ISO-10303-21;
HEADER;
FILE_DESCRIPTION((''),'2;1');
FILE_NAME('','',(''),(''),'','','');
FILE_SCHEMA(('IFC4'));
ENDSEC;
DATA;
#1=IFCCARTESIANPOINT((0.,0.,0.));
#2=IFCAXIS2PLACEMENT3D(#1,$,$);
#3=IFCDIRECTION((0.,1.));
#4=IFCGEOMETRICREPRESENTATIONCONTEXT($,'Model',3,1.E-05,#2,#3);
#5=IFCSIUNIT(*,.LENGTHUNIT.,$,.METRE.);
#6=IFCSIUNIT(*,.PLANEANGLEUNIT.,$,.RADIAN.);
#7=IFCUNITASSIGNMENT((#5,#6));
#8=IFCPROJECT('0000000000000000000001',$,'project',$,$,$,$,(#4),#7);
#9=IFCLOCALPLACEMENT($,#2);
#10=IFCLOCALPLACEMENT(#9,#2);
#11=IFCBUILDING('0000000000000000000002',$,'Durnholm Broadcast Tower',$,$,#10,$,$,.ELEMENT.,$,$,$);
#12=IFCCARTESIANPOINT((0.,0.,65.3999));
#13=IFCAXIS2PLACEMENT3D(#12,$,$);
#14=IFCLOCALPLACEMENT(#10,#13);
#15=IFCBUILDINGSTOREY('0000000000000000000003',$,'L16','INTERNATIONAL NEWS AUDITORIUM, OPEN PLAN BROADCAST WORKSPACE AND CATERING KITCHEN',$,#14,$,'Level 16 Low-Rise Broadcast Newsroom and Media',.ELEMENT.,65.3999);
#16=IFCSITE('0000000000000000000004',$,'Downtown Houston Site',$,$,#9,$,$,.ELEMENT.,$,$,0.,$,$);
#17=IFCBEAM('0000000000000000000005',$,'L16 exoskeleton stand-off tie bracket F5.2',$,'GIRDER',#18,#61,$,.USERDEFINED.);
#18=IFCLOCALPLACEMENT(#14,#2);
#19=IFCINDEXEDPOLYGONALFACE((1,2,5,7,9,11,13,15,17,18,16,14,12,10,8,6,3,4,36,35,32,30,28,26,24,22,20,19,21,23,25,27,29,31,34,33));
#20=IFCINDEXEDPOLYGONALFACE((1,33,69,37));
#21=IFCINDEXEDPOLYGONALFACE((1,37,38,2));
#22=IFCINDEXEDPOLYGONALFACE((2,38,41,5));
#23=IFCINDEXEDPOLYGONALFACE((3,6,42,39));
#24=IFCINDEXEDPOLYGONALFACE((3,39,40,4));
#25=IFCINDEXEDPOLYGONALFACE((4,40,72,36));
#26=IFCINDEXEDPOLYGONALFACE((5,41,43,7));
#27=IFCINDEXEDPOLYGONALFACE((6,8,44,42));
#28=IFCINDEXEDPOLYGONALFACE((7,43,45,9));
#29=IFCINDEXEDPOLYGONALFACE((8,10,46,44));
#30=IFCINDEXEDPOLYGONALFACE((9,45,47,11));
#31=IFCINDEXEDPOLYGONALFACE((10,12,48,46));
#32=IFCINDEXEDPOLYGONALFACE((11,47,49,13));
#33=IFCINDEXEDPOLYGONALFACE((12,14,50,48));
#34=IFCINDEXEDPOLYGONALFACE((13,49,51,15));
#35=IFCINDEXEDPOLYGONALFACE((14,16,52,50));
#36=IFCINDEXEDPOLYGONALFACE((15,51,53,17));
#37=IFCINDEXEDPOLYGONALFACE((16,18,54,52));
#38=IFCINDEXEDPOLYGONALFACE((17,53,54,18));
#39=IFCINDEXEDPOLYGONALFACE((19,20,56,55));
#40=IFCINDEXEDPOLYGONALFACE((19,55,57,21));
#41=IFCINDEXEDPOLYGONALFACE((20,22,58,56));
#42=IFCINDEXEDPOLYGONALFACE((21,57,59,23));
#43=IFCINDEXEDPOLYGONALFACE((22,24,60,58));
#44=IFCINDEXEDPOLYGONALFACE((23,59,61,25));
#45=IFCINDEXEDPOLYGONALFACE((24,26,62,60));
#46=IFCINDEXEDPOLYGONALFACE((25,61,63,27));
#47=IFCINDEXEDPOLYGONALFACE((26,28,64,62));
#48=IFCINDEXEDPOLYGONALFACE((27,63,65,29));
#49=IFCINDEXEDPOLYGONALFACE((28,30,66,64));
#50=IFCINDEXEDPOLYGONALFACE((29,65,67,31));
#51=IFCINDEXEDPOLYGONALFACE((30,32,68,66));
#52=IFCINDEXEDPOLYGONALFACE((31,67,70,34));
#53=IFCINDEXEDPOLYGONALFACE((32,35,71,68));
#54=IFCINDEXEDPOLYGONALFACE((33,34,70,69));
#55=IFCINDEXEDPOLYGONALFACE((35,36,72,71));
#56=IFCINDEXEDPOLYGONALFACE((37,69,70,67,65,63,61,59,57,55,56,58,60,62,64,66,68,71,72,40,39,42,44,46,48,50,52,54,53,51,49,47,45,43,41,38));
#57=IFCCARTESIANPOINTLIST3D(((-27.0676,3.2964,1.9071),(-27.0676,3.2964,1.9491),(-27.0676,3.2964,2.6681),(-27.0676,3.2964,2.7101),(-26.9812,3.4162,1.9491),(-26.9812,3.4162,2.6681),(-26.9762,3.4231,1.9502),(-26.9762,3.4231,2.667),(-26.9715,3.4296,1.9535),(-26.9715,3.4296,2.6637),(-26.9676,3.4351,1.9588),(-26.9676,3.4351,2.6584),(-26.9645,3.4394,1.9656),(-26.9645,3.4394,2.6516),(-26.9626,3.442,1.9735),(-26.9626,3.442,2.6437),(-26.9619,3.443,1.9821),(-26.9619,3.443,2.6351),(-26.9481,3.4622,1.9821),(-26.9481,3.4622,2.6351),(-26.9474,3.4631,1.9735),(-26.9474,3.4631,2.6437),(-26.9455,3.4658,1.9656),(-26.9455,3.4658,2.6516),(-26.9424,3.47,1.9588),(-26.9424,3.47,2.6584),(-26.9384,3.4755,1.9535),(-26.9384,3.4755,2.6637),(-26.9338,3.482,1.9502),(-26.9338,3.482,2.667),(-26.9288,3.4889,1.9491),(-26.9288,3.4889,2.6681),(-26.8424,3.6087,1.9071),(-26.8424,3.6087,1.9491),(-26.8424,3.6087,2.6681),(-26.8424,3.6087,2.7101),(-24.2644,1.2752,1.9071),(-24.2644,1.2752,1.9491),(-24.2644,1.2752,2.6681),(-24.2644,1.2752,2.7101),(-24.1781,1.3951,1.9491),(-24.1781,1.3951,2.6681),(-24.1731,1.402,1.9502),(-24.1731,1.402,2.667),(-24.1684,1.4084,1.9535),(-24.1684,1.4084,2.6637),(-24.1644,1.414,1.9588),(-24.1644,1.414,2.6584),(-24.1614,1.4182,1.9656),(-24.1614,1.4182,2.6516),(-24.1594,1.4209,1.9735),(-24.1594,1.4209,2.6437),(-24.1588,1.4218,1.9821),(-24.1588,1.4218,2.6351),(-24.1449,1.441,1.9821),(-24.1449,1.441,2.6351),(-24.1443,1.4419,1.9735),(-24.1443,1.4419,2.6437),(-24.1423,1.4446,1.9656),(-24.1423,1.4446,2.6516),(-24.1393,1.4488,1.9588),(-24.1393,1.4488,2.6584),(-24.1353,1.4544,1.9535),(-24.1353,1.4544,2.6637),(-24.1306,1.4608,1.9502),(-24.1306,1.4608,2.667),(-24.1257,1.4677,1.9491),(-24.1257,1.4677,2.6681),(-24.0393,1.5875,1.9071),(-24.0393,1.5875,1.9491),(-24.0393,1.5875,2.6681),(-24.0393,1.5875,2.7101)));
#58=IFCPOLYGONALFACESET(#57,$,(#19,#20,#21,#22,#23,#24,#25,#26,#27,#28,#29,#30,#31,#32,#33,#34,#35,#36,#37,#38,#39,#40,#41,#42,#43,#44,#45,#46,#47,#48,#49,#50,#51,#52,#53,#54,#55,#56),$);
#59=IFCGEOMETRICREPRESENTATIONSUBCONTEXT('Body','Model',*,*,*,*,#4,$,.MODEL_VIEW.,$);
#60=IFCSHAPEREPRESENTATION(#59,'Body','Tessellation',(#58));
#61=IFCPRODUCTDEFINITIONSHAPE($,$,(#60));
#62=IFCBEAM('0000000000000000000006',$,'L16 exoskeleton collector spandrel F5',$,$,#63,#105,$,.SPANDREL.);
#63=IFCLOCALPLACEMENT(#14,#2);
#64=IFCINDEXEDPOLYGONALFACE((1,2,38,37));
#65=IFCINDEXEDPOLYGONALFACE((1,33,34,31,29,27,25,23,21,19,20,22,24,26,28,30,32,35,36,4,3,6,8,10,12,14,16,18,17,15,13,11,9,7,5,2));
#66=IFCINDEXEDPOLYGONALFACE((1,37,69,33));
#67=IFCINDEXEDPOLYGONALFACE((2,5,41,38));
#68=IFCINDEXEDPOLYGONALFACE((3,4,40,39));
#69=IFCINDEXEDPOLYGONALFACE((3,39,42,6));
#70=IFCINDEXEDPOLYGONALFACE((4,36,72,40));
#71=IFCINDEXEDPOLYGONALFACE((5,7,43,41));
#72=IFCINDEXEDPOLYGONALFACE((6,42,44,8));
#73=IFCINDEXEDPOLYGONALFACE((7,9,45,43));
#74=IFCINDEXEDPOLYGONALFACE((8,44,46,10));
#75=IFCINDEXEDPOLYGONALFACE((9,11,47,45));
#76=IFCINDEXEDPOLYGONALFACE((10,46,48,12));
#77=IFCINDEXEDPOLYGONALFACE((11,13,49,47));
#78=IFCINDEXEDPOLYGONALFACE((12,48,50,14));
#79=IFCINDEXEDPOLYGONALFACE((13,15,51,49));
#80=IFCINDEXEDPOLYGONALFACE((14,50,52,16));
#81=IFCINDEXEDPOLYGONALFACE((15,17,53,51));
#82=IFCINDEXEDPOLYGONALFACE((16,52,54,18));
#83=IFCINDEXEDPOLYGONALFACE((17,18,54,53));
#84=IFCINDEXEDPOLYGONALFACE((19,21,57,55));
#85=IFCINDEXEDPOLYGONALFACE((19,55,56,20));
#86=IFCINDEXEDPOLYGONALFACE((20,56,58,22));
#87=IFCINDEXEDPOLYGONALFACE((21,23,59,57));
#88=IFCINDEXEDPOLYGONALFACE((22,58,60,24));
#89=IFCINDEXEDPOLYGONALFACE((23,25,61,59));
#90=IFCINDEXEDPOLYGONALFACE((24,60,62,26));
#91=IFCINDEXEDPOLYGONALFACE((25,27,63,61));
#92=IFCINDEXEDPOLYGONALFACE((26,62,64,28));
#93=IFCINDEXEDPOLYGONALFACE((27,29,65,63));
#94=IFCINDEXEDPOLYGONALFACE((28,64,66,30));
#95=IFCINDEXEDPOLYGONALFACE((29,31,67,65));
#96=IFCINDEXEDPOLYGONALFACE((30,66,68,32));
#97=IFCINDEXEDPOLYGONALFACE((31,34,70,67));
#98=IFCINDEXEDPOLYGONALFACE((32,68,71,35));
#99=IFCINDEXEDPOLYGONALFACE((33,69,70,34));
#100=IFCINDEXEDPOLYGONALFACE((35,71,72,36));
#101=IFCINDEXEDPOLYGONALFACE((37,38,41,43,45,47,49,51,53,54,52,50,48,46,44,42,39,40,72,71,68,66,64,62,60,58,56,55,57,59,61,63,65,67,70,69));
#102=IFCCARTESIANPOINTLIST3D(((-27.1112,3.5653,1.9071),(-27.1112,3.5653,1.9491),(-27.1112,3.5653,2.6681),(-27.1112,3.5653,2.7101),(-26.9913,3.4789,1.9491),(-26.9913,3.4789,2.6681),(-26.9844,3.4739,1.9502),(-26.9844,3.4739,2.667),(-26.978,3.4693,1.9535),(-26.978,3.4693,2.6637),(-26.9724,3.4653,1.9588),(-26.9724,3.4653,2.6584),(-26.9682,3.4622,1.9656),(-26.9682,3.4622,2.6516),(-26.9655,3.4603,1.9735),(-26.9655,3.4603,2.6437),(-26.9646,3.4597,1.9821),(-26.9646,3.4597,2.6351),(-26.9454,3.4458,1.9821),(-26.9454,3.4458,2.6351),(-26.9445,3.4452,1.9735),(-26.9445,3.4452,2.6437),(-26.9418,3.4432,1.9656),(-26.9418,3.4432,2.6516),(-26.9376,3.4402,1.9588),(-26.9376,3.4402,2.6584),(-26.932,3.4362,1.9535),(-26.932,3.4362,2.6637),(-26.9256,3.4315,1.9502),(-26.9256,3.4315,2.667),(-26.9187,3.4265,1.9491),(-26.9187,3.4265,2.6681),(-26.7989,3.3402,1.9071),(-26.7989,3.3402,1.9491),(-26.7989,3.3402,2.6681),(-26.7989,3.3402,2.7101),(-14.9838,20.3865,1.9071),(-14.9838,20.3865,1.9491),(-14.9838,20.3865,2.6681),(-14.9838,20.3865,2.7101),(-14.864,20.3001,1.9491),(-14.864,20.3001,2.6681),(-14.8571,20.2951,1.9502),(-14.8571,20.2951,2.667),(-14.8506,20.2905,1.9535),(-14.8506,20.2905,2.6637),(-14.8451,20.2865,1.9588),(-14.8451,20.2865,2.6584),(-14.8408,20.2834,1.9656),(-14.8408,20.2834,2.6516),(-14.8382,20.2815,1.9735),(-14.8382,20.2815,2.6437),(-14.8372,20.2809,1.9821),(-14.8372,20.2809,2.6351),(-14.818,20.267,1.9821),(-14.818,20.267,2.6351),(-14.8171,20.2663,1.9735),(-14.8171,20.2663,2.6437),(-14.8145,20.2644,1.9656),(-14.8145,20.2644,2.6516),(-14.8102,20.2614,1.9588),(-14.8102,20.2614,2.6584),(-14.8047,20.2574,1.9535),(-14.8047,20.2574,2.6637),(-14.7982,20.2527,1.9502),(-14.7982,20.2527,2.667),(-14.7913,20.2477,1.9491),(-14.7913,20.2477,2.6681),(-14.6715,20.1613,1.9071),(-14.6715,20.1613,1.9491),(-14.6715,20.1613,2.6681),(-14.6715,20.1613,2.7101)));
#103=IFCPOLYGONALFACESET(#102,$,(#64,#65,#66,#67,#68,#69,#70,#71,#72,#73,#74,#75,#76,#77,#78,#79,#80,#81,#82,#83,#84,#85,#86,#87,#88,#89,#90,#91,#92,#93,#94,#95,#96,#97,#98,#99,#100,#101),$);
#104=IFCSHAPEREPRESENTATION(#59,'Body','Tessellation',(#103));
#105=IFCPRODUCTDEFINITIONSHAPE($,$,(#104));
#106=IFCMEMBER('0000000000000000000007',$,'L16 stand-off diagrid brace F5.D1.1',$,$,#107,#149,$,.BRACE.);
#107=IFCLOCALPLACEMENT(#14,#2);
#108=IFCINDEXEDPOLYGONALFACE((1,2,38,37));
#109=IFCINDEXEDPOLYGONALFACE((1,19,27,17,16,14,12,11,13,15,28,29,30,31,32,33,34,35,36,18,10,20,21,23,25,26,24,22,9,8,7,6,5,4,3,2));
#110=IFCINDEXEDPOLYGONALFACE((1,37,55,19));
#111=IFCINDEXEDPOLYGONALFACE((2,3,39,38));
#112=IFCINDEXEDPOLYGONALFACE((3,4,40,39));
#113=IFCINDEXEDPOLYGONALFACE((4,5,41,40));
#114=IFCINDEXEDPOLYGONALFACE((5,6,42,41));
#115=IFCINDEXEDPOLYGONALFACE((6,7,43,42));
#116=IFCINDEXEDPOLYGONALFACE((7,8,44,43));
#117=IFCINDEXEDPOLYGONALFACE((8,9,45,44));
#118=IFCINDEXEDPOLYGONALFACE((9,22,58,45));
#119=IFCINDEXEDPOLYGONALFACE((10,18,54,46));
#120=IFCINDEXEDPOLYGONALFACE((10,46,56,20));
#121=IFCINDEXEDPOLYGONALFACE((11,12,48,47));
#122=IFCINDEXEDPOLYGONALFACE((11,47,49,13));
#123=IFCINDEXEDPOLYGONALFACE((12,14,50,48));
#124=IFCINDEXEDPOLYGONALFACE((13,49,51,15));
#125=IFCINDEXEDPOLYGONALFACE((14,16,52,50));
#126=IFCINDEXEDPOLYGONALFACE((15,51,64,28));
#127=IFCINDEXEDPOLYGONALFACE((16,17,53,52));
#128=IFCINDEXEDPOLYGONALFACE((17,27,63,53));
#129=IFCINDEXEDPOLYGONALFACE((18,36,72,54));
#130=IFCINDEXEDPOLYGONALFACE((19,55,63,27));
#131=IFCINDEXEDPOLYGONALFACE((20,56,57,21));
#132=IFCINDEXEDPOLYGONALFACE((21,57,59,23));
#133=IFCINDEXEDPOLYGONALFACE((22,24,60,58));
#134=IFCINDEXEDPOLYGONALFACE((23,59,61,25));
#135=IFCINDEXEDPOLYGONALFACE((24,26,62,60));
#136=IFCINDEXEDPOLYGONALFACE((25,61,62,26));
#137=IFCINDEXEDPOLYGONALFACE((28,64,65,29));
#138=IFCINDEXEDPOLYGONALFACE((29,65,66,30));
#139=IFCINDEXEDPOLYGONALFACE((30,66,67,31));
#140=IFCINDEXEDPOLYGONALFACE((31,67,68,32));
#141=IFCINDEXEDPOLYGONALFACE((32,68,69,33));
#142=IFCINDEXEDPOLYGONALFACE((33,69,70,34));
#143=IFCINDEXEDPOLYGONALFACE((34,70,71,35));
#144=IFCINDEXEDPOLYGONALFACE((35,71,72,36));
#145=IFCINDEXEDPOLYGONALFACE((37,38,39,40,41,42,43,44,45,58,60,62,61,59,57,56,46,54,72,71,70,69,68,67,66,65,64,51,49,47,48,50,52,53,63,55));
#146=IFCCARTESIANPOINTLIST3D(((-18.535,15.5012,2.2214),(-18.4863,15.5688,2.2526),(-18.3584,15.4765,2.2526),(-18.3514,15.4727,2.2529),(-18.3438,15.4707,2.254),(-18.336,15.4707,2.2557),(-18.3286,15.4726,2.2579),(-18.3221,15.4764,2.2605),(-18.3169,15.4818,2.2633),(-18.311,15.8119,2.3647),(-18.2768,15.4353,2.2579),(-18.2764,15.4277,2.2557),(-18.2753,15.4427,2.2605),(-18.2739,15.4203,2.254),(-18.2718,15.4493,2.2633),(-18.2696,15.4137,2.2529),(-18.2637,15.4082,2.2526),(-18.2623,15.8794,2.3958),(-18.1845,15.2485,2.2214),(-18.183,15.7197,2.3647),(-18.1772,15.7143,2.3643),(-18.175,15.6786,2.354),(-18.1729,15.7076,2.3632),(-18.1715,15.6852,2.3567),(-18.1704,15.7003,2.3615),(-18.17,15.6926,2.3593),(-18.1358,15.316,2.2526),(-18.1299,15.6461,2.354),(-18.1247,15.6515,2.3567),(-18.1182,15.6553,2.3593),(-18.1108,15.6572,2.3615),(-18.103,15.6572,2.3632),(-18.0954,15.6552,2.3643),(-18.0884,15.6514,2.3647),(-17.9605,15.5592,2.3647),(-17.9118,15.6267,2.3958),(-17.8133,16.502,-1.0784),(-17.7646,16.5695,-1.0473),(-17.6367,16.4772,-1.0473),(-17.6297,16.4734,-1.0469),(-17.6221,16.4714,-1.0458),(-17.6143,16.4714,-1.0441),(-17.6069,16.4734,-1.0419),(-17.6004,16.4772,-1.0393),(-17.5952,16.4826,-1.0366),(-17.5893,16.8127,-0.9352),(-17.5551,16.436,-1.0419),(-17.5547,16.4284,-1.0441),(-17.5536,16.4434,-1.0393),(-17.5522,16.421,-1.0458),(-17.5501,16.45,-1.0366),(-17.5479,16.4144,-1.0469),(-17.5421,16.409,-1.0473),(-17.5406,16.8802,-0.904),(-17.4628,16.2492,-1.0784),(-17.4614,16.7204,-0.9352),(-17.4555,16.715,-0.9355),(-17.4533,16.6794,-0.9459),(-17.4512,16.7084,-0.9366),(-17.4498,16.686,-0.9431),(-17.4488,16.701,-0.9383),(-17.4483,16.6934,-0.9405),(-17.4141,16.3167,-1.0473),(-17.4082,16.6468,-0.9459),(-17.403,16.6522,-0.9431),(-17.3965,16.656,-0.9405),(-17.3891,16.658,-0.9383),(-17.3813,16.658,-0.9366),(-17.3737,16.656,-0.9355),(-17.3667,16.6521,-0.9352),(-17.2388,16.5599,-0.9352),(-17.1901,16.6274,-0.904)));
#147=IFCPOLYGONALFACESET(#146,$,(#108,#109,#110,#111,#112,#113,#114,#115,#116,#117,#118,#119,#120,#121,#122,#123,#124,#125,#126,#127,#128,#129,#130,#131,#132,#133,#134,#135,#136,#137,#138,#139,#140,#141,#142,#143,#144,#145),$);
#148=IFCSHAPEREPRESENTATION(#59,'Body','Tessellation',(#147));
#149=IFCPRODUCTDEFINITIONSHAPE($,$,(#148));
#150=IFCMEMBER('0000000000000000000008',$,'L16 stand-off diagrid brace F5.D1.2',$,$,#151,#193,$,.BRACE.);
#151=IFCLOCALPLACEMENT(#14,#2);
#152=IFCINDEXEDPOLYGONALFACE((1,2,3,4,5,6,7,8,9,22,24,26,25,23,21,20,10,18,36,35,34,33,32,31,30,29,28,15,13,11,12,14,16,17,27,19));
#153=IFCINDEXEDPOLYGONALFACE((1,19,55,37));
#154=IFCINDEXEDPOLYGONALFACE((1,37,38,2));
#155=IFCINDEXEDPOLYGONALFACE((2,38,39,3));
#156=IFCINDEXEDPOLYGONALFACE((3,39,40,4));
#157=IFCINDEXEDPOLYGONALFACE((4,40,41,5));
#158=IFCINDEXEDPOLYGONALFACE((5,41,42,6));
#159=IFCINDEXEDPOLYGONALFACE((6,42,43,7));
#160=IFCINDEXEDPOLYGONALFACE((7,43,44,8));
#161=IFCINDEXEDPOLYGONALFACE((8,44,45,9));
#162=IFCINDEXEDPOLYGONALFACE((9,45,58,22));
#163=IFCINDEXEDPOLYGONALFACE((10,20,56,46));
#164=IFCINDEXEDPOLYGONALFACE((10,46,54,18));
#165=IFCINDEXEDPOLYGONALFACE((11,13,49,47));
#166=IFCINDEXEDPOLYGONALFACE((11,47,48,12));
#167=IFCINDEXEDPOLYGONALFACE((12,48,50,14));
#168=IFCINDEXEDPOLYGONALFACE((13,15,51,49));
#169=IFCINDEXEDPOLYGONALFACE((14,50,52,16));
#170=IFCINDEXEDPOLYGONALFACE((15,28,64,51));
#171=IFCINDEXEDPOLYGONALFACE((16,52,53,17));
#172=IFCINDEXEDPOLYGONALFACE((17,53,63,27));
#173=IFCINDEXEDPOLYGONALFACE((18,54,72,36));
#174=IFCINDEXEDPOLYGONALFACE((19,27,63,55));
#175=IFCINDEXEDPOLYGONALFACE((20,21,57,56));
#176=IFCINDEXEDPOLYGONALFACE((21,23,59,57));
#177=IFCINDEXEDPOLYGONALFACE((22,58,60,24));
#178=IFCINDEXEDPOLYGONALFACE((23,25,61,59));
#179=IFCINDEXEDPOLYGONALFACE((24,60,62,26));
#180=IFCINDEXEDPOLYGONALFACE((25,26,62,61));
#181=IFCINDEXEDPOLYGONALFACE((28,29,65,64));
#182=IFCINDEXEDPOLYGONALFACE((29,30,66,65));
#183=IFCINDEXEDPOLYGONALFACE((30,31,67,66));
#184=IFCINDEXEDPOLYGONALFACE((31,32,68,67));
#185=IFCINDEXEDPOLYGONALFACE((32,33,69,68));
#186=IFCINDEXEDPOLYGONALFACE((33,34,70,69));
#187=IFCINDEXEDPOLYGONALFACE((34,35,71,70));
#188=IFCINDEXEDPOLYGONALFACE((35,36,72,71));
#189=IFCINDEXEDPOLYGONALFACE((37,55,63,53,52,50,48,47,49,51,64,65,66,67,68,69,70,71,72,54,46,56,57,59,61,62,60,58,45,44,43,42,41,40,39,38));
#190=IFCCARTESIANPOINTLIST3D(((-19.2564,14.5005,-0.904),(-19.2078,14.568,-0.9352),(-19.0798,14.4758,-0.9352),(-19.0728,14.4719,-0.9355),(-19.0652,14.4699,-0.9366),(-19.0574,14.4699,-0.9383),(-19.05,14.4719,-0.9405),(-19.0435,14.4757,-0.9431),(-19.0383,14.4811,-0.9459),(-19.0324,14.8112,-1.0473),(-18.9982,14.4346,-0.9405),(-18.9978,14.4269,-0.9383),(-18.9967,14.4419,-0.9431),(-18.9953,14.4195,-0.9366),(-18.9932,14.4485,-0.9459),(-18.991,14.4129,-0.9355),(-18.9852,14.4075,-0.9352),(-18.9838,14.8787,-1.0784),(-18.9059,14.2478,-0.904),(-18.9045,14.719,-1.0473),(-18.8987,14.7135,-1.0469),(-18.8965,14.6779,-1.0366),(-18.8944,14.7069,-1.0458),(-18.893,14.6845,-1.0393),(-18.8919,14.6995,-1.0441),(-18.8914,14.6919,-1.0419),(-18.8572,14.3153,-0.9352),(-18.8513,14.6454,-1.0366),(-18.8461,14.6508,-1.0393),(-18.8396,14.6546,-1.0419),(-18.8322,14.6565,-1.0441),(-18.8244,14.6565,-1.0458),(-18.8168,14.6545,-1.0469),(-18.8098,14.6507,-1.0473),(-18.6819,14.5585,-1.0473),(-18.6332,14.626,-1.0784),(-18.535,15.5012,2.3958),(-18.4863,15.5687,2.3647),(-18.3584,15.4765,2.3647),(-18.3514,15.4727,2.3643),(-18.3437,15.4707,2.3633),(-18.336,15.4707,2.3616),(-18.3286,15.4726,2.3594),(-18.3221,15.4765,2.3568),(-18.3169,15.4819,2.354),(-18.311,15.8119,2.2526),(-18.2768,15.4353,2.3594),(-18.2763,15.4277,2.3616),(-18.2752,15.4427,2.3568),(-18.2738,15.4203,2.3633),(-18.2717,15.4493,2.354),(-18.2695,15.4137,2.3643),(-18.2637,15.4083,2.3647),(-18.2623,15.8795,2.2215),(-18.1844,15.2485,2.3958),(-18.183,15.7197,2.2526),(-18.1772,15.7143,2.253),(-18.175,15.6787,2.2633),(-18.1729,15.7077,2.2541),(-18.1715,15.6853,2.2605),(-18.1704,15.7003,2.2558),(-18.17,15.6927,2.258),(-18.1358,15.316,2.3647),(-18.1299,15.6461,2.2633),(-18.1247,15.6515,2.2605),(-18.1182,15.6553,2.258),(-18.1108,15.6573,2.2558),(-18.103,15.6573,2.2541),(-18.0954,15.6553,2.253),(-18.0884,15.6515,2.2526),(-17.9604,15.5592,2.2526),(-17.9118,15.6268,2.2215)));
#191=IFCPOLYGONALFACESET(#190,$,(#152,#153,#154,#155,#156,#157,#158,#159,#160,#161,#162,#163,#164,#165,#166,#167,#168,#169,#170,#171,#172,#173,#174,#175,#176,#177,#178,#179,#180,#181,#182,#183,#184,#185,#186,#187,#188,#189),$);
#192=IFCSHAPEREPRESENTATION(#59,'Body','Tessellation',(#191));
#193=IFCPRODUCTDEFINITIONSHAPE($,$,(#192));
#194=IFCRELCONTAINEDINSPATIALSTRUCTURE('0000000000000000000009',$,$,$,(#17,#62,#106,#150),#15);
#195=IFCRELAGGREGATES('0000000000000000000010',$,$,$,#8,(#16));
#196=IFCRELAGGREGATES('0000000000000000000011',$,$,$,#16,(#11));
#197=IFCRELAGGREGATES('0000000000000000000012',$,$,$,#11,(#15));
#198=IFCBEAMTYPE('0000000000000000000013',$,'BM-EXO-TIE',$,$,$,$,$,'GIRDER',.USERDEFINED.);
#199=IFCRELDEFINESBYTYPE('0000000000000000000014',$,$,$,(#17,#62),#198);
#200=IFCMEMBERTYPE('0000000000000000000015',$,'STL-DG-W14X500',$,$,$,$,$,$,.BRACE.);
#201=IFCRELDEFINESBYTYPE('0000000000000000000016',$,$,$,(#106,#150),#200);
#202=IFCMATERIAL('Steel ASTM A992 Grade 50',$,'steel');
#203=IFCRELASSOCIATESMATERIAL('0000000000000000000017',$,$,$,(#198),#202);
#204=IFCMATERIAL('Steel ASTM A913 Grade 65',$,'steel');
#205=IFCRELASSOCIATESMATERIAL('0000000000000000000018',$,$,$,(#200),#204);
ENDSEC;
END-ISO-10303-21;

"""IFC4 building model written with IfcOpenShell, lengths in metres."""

from ifc_helpers import new_model, si_unit, direction, frame, origin, origin_2d, place, context, subcontext, project, spatial, i_section, extrude, source, transform, mapped, material, material_profile, profile_set, type_object, type_shapes, element, save


model = new_model("IFC4")

# Units and contexts
model_context = context("Model", 3, precision=1e-05, world=origin(), true_north=direction((0.0, 1.0)))
body_context = subcontext(model_context, "Body", "Model", "MODEL_VIEW")
ifc_project = project(units=[si_unit("LENGTHUNIT", "METRE"), si_unit("PLANEANGLEUNIT", "RADIAN")], contexts=[model_context])

# Site, building, storey
site_placement = place(None, origin())
site = spatial("IfcSite", under=ifc_project, at=site_placement, Name="Downtown Houston Site", CompositionType="ELEMENT", RefElevation=0.0)
building_placement = place(site_placement, origin())
building = spatial("IfcBuilding", under=site, at=building_placement, Name="Durnholm Broadcast Tower", CompositionType="ELEMENT")
storey_placement = place(building_placement, frame((0.0, 0.0, 65.3999)))
storey = spatial("IfcBuildingStorey", under=building, at=storey_placement, Name="L16", Description="INTERNATIONAL NEWS AUDITORIUM, OPEN PLAN BROADCAST WORKSPACE AND CATERING KITCHEN", LongName="Level 16 Low-Rise Broadcast Newsroom and Media", CompositionType="ELEMENT", Elevation=65.3999)

# Beams
ifc_material_1 = material(Name="Steel ASTM A992 Grade 50", Category="steel")
ifc_material_profile_1 = material_profile(ifc_material_1, i_section(OverallWidth=0.385, OverallDepth=0.803, WebThickness=0.0237, FlangeThickness=0.042, FilletRadius=0.033, at=origin_2d()), Name="W30X261")
ifc_profile_set_1 = profile_set([ifc_material_profile_1], Name="Steel ASTM A992 Grade 50")
beam_type_1 = type_object("IfcBeamType", Name="BM-EXO-TIE", ElementType="GIRDER", PredefinedType="USERDEFINED", material=ifc_profile_set_1)
shared_shape_1 = source(origin(), body_context, "Body", "SweptSolid", [
    extrude(i_section(OverallWidth=0.385, OverallDepth=0.803, WebThickness=0.0237, FlangeThickness=0.042, FilletRadius=0.033, at=origin_2d()), origin(), (0.0, 0.0, 1.0), 3.4558),
])
beam_1_placement = place(storey_placement, frame((-24.1519, 1.4314, 2.3086), z_axis=(-0.811134, 0.584861, 0.0), x_axis=(-0.584861, -0.811134, 0.0)))
element("IfcBeam", 1, at=beam_1_placement, inside=storey, type_object=beam_type_1, Name="L16 exoskeleton stand-off tie bracket F5.2", ObjectType="GIRDER", PredefinedType="USERDEFINED", context=body_context, shape_type="MappedRepresentation", body=[
    mapped(shared_shape_1, transform((0.0, 0.0, 0.0), x_axis=(1.0, 0.0, 0.0), y_axis=(0.0, 1.0, 0.0), z_axis=(0.0, 0.0, 1.0), scale=1.0)),
])
shared_shape_2 = source(origin(), body_context, "Body", "SweptSolid", [
    extrude(i_section(OverallWidth=0.385, OverallDepth=0.803, WebThickness=0.0237, FlangeThickness=0.042, FilletRadius=0.033, at=origin_2d()), origin(), (0.0, 0.0, 1.0), 20.7371),
])
beam_2_placement = place(storey_placement, frame((-14.8276, 20.2739, 2.3086), z_axis=(-0.584816, -0.811166, 0.0), x_axis=(0.811166, -0.584816, 0.0)))
element("IfcBeam", 2, at=beam_2_placement, inside=storey, type_object=beam_type_1, Name="L16 exoskeleton collector spandrel F5", PredefinedType="SPANDREL", context=body_context, shape_type="MappedRepresentation", body=[
    mapped(shared_shape_2, transform((0.0, 0.0, 0.0), x_axis=(1.0, 0.0, 0.0), y_axis=(0.0, 1.0, 0.0), z_axis=(0.0, 0.0, 1.0), scale=1.0)),
])

# Members
ifc_material_2 = material(Name="Steel ASTM A913 Grade 65", Category="steel")
ifc_material_profile_2 = material_profile(ifc_material_2, i_section(OverallWidth=0.4321, OverallDepth=0.4978, WebThickness=0.0557, FlangeThickness=0.0889, FilletRadius=0.0305, at=origin_2d()), Name="W14X500")
ifc_profile_set_2 = profile_set([ifc_material_profile_2], Name="Steel ASTM A913 Grade 65")
member_type_1 = type_object("IfcMemberType", Name="STL-DG-W14X500", PredefinedType="BRACE", material=ifc_profile_set_2)
shared_shape_3 = source(origin(), body_context, "Body", "SweptSolid", [
    extrude(i_section(OverallWidth=0.4321, OverallDepth=0.4978, WebThickness=0.0557, FlangeThickness=0.0889, FilletRadius=0.0305, at=origin_2d()), origin(), (0.0, 0.0, 1.0), 3.5229),
])
type_shapes(member_type_1, [shared_shape_3])
for number, where, z_axis, x_axis, name in (
    (3, (-17.5017, 16.5647, -0.9912), (-0.204852, -0.284063, 0.936666), (0.811091, -0.58492, 0.0), "L16 stand-off diagrid brace F5.D1.1"),
    (4, (-18.9448, 14.5632, -0.9912), (0.204786, 0.284067, 0.93668), (-0.811185, 0.584789, 0.0), "L16 stand-off diagrid brace F5.D1.2"),
):
    element("IfcMember", number, at=place(storey_placement, frame(where, z_axis=z_axis, x_axis=x_axis)), inside=storey, type_object=member_type_1, Name=name, PredefinedType="BRACE", context=body_context, shape_type="MappedRepresentation", body=[
        mapped(shared_shape_3, transform((0.0, 0.0, 0.0), x_axis=(1.0, 0.0, 0.0), y_axis=(0.0, 1.0, 0.0), z_axis=(0.0, 0.0, 1.0), scale=1.0)),
    ])

save(model, "model.ifc")
